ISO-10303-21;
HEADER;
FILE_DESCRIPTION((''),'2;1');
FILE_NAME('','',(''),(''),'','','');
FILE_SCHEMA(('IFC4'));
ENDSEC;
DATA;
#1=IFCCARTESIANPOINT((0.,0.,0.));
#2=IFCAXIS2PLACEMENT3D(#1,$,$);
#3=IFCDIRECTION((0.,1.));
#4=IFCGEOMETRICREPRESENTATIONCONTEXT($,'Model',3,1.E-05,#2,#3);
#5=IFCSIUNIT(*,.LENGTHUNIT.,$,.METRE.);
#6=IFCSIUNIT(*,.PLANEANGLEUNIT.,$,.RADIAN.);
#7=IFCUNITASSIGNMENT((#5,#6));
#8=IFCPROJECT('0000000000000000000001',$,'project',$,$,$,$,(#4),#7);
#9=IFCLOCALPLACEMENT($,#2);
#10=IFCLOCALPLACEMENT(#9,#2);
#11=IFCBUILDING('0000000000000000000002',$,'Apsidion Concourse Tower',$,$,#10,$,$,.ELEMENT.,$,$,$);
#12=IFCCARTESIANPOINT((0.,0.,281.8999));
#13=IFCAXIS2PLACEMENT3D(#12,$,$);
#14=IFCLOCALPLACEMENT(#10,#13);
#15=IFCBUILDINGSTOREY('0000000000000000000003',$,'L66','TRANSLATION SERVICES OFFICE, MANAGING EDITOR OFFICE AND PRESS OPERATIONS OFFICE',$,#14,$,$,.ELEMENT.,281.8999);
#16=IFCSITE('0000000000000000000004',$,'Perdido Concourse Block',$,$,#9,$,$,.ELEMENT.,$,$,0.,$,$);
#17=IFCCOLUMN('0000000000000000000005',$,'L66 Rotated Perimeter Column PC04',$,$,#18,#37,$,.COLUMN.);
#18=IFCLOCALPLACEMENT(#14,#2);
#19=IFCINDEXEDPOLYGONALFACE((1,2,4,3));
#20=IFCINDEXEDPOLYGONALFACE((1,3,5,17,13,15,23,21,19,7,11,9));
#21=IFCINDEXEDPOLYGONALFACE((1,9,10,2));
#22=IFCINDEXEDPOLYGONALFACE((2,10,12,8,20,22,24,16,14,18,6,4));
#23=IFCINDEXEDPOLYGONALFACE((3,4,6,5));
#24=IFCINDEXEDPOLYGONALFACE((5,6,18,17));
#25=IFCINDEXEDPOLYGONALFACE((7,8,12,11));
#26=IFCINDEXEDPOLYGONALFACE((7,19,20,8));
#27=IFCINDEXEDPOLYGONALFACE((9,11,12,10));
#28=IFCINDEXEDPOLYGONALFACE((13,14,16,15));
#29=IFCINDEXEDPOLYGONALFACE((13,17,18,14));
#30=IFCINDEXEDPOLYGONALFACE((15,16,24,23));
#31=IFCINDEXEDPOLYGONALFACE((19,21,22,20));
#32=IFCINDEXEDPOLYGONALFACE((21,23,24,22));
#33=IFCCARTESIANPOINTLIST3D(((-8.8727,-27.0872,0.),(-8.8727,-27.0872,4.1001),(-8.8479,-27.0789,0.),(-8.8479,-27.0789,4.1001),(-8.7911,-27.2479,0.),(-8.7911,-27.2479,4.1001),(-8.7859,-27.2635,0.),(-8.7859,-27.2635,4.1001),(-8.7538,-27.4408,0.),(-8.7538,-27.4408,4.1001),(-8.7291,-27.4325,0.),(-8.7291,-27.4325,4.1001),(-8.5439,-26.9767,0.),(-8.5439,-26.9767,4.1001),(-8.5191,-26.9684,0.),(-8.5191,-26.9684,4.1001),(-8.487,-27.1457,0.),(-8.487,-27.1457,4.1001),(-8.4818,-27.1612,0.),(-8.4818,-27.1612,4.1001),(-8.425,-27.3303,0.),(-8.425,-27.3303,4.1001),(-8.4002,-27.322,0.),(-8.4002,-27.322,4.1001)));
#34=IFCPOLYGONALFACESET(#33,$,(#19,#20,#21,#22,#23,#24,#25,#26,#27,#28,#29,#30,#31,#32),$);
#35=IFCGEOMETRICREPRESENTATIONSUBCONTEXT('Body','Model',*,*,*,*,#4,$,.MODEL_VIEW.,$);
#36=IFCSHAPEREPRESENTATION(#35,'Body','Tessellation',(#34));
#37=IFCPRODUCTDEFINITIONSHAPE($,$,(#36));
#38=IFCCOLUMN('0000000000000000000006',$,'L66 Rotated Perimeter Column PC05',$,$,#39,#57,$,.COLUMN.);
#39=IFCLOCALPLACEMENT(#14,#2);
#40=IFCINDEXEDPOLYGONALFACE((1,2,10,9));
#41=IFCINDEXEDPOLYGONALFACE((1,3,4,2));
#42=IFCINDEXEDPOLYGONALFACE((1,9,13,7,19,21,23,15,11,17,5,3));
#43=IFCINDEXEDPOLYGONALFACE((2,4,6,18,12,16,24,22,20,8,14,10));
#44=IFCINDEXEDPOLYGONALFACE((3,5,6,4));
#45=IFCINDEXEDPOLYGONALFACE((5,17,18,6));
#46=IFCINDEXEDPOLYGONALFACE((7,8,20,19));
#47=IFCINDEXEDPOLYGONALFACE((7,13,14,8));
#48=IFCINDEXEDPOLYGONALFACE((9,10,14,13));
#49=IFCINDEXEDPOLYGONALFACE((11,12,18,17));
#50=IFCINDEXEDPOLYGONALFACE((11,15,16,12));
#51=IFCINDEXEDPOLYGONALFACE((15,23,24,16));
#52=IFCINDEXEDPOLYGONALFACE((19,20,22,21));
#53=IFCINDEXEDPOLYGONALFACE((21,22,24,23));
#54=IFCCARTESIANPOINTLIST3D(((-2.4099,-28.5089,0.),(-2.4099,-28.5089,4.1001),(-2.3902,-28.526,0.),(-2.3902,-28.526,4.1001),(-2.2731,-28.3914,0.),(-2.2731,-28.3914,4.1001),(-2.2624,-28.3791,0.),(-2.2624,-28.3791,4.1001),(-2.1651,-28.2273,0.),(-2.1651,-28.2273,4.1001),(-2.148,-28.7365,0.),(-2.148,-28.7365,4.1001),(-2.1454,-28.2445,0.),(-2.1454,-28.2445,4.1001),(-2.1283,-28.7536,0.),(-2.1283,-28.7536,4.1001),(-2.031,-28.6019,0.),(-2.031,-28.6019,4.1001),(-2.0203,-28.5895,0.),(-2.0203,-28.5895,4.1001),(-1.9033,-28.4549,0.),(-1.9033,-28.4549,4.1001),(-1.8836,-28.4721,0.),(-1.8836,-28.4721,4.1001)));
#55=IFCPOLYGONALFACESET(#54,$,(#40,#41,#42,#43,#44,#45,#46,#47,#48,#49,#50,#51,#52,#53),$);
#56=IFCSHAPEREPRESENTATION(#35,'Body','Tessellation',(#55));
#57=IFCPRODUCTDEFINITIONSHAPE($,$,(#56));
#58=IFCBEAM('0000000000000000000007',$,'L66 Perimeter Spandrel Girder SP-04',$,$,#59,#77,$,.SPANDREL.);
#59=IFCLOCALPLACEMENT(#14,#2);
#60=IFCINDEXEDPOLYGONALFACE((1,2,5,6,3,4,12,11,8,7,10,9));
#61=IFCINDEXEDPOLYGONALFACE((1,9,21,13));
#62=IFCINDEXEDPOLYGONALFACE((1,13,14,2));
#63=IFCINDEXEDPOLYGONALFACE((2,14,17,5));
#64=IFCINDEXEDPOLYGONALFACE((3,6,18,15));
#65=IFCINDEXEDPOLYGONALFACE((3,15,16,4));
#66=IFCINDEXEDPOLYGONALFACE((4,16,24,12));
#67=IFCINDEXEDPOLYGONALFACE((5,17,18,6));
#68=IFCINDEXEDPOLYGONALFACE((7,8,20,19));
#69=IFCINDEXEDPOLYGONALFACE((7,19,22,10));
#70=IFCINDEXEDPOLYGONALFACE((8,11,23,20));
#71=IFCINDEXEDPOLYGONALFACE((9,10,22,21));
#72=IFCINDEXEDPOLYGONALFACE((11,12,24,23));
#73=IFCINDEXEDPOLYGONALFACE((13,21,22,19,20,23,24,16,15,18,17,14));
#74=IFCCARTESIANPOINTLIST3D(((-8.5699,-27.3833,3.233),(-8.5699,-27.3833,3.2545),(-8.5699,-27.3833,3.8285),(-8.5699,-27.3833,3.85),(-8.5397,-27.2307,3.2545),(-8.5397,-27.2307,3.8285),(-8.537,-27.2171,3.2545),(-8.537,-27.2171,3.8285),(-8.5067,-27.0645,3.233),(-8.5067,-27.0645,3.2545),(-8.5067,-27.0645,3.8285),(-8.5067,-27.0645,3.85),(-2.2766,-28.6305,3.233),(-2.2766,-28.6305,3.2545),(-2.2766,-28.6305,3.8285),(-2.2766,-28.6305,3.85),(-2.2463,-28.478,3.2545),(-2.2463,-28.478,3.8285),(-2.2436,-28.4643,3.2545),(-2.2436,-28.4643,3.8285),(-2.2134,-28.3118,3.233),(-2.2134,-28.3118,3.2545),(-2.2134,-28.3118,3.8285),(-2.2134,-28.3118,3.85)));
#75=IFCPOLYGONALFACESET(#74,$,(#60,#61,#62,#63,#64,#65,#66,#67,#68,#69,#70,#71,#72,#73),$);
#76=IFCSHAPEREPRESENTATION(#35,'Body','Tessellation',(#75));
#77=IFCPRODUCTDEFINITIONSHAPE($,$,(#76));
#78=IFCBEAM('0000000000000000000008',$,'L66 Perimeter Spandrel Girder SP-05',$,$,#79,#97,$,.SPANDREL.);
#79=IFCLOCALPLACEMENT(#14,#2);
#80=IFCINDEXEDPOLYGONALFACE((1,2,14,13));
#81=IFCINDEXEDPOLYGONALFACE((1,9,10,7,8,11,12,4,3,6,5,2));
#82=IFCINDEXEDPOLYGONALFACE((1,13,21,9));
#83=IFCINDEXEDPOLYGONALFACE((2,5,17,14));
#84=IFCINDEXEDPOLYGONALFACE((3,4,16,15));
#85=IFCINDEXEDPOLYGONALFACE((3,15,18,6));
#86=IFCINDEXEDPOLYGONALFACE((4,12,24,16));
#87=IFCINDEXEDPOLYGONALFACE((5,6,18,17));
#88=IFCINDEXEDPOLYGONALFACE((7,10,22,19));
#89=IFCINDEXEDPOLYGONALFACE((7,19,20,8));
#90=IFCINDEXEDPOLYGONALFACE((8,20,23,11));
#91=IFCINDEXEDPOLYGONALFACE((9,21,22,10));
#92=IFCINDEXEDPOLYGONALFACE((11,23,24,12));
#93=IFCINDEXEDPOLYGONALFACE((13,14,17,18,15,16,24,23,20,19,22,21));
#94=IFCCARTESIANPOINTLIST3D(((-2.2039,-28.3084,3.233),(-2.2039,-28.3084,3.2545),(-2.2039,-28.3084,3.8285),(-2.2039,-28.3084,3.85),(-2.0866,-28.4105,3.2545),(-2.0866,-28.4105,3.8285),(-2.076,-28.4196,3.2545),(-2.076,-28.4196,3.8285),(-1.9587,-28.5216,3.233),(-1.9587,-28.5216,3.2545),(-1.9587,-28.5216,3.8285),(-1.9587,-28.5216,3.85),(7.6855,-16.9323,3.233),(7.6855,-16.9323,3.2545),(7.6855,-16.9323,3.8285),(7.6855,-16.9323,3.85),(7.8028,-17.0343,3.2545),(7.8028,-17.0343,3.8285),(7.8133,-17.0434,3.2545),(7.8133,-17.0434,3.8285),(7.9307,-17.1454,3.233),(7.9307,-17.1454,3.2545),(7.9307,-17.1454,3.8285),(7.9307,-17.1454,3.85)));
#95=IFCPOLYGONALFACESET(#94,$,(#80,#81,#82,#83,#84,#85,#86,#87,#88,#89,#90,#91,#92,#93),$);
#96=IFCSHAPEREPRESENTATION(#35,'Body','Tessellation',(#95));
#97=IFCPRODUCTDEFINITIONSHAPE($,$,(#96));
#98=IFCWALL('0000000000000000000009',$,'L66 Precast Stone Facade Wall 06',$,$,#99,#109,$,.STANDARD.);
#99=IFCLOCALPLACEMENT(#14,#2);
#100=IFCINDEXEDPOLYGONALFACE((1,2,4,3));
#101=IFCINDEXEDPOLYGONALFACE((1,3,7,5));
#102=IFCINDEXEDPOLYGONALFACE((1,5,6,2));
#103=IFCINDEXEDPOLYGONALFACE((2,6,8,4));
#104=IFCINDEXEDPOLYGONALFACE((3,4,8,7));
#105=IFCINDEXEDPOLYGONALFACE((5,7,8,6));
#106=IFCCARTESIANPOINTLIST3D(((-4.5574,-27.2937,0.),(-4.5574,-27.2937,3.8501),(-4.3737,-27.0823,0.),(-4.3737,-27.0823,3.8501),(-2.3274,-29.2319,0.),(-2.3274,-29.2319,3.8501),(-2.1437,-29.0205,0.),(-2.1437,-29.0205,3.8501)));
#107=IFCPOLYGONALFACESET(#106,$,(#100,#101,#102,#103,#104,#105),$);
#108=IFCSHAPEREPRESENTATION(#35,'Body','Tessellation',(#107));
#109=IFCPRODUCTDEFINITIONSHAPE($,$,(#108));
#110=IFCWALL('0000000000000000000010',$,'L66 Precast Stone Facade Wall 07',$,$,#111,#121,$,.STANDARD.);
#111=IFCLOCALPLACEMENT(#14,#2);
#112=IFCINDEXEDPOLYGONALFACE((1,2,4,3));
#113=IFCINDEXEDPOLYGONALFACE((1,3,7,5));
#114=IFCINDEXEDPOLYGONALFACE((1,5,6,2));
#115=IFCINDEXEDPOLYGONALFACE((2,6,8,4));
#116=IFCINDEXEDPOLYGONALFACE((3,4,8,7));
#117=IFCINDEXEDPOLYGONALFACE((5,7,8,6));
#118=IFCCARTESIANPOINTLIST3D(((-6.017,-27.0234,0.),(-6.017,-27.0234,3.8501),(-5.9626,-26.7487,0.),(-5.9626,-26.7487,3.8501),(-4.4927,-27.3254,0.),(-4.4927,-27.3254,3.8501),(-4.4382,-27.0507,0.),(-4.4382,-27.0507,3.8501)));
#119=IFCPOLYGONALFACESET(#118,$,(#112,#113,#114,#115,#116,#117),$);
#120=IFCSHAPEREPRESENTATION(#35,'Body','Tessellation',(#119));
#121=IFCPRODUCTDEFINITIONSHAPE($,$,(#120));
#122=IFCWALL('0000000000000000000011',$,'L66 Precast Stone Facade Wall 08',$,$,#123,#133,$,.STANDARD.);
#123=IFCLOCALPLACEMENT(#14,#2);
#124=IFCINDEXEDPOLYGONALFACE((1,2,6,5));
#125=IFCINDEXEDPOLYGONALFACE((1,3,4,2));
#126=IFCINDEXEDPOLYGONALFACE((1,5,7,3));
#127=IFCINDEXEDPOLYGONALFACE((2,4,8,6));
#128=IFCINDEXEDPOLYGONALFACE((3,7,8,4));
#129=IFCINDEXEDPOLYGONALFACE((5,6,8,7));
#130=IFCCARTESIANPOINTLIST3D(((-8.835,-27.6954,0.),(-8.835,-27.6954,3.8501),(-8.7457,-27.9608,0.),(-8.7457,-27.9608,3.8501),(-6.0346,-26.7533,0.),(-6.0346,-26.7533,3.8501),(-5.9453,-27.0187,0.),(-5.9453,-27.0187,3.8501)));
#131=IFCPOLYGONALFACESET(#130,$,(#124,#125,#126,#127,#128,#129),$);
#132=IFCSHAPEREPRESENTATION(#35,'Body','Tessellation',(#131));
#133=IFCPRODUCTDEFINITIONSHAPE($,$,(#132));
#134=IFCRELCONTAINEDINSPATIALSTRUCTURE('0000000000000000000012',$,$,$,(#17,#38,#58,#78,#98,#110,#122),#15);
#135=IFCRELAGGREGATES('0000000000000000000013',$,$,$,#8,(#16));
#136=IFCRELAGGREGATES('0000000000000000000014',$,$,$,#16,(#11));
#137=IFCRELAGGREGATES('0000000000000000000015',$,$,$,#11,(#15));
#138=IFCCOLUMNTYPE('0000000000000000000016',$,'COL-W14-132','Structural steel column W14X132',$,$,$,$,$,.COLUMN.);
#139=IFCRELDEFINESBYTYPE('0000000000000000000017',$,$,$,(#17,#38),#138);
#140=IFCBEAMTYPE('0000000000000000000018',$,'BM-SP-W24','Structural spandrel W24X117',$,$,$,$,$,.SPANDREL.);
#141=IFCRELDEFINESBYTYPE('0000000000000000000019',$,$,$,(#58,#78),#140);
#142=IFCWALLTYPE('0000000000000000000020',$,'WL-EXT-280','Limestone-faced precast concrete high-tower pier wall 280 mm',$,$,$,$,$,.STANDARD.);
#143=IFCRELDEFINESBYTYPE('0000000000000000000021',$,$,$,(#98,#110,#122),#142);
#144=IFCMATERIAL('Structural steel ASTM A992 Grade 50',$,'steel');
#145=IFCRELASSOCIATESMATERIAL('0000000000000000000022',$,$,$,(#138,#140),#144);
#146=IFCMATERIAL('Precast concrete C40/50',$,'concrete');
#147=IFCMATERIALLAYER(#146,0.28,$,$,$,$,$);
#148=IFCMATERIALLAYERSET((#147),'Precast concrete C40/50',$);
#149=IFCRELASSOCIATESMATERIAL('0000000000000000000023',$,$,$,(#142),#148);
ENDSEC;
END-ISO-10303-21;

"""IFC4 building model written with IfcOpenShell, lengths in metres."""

from ifc_helpers import new_model, si_unit, direction, frame, frame_2d, origin, origin_2d, place, context, subcontext, project, spatial, rectangle, i_section, extrude, material, layer, layer_set, material_profile, profile_set, type_object, element, save


model = new_model("IFC4")

# Units and contexts
model_context = context("Model", 3, precision=1e-05, world=origin(), true_north=direction((0.0, 1.0)))
body_context = subcontext(model_context, "Body", "Model", "MODEL_VIEW")
ifc_project = project(units=[si_unit("LENGTHUNIT", "METRE"), si_unit("PLANEANGLEUNIT", "RADIAN")], contexts=[model_context])

# Site, building, storey
site_placement = place(None, origin())
site = spatial("IfcSite", under=ifc_project, at=site_placement, Name="Perdido Concourse Block", CompositionType="ELEMENT", RefElevation=0.0)
building_placement = place(site_placement, origin())
building = spatial("IfcBuilding", under=site, at=building_placement, Name="Apsidion Concourse Tower", CompositionType="ELEMENT")
storey_placement = place(building_placement, frame((0.0, 0.0, 281.8999)))
storey = spatial("IfcBuildingStorey", under=building, at=storey_placement, Name="L66", Description="TRANSLATION SERVICES OFFICE, MANAGING EDITOR OFFICE AND PRESS OPERATIONS OFFICE", CompositionType="ELEMENT", Elevation=281.8999)

# Columns
ifc_material_1 = material(Name="Structural steel ASTM A992 Grade 50", Category="steel")
ifc_material_profile_1 = material_profile(ifc_material_1, i_section(OverallWidth=0.373, OverallDepth=0.373, WebThickness=0.0164, FlangeThickness=0.0261, at=origin_2d()), Name="W14X132")
ifc_profile_set_1 = profile_set([ifc_material_profile_1], Name="Structural steel ASTM A992 Grade 50")
column_type = type_object("IfcColumnType", Name="COL-W14-132", Description="Structural steel column W14X132", PredefinedType="COLUMN", material=ifc_profile_set_1)
for number, where, z_axis, x_axis, name in (
    (1, (-8.6365, -27.2046, 0.0), (0.0, 0.0, 1.0), (-0.318628, 0.94788, 0.0), "L66 Rotated Perimeter Column PC04"),
    (2, (-2.1467, -28.4905, 0.0), (0.0, 0.0, 1.0), (0.656059, 0.75471, 0.0), "L66 Rotated Perimeter Column PC05"),
):
    element("IfcColumn", number, at=place(storey_placement, frame(where, z_axis=z_axis, x_axis=x_axis)), inside=storey, type_object=column_type, Name=name, PredefinedType="COLUMN", context=body_context, shape_type="SweptSolid", body=[
        extrude(i_section(OverallWidth=0.373, OverallDepth=0.373, WebThickness=0.0164, FlangeThickness=0.0261, at=origin_2d()), origin(), (0.0, 0.0, 1.0), 4.1001),
    ])

# Beams
ifc_material_profile_2 = material_profile(ifc_material_1, i_section(OverallWidth=0.325, OverallDepth=0.6169, WebThickness=0.0139, FlangeThickness=0.0215, at=origin_2d()), Name="W24X117")
ifc_profile_set_2 = profile_set([ifc_material_profile_2], Name="Structural steel ASTM A992 Grade 50")
beam_type = type_object("IfcBeamType", Name="BM-SP-W24", Description="Structural spandrel W24X117", PredefinedType="SPANDREL", material=ifc_profile_set_2)
beam_1_placement = place(storey_placement, frame((-8.5383, -27.2239, 3.5415), z_axis=(0.98092, -0.194411, 0.0), x_axis=(0.194411, 0.98092, 0.0)))
element("IfcBeam", 3, at=beam_1_placement, inside=storey, type_object=beam_type, Name="L66 Perimeter Spandrel Girder SP-04", PredefinedType="SPANDREL", context=body_context, shape_type="SweptSolid", body=[
    extrude(i_section(OverallWidth=0.325, OverallDepth=0.6169, WebThickness=0.0139, FlangeThickness=0.0215, at=origin_2d()), origin(), (0.0, 0.0, 1.0), 6.4158),
])
beam_2_placement = place(storey_placement, frame((-2.0813, -28.415, 3.5415), z_axis=(0.656067, 0.754703, 0.0), x_axis=(-0.754703, 0.656067, 0.0)))
element("IfcBeam", 4, at=beam_2_placement, inside=storey, type_object=beam_type, Name="L66 Perimeter Spandrel Girder SP-05", PredefinedType="SPANDREL", context=body_context, shape_type="SweptSolid", body=[
    extrude(i_section(OverallWidth=0.325, OverallDepth=0.6169, WebThickness=0.0139, FlangeThickness=0.0215, at=origin_2d()), origin(), (0.0, 0.0, 1.0), 15.0737),
])

# Walls
ifc_material_2 = material(Name="Precast concrete C40/50", Category="concrete")
ifc_layer_1 = layer(ifc_material_2, 0.28)
ifc_layer_set_1 = layer_set([ifc_layer_1], Name="Precast concrete C40/50")
wall_type_1 = type_object("IfcWallType", Name="WL-EXT-280", Description="Limestone-faced precast concrete high-tower pier wall 280 mm", PredefinedType="STANDARD", material=ifc_layer_set_1)
wall_1_placement = place(storey_placement, frame((-2.2356, -29.1262, 0.0), z_axis=(0.0, 0.0, 1.0), x_axis=(-0.754753, 0.656009, 0.0)))
element("IfcWall", 5, at=wall_1_placement, inside=storey, type_object=wall_type_1, Name="L66 Precast Stone Facade Wall 06", PredefinedType="STANDARD", context=body_context, shape_type="SweptSolid", body=[
    extrude(rectangle(XDim=2.9546, YDim=0.28, at=frame_2d((1.4773, 0.0))), origin(), (0.0, 0.0, 1.0), 3.8501),
])
wall_2_placement = place(storey_placement, frame((-4.4656, -27.188, 0.0), z_axis=(0.0, 0.0, 1.0), x_axis=(-0.980936, 0.194333, 0.0)))
element("IfcWall", 6, at=wall_2_placement, inside=storey, type_object=wall_type_1, Name="L66 Precast Stone Facade Wall 07", PredefinedType="STANDARD", context=body_context, shape_type="SweptSolid", body=[
    extrude(rectangle(XDim=1.554, YDim=0.28, at=frame_2d((0.7769, 0.0))), origin(), (0.0, 0.0, 1.0), 3.8501),
])
wall_3_placement = place(storey_placement, frame((-5.99, -26.886, 0.0), z_axis=(0.0, 0.0, 1.0), x_axis=(-0.947795, -0.318879, 0.0)))
element("IfcWall", 7, at=wall_3_placement, inside=storey, type_object=wall_type_1, Name="L66 Precast Stone Facade Wall 08", PredefinedType="STANDARD", context=body_context, shape_type="SweptSolid", body=[
    extrude(rectangle(XDim=2.9546, YDim=0.28, at=frame_2d((1.4773, 0.0))), origin(), (0.0, 0.0, 1.0), 3.8501),
])

save(model, "model.ifc")
